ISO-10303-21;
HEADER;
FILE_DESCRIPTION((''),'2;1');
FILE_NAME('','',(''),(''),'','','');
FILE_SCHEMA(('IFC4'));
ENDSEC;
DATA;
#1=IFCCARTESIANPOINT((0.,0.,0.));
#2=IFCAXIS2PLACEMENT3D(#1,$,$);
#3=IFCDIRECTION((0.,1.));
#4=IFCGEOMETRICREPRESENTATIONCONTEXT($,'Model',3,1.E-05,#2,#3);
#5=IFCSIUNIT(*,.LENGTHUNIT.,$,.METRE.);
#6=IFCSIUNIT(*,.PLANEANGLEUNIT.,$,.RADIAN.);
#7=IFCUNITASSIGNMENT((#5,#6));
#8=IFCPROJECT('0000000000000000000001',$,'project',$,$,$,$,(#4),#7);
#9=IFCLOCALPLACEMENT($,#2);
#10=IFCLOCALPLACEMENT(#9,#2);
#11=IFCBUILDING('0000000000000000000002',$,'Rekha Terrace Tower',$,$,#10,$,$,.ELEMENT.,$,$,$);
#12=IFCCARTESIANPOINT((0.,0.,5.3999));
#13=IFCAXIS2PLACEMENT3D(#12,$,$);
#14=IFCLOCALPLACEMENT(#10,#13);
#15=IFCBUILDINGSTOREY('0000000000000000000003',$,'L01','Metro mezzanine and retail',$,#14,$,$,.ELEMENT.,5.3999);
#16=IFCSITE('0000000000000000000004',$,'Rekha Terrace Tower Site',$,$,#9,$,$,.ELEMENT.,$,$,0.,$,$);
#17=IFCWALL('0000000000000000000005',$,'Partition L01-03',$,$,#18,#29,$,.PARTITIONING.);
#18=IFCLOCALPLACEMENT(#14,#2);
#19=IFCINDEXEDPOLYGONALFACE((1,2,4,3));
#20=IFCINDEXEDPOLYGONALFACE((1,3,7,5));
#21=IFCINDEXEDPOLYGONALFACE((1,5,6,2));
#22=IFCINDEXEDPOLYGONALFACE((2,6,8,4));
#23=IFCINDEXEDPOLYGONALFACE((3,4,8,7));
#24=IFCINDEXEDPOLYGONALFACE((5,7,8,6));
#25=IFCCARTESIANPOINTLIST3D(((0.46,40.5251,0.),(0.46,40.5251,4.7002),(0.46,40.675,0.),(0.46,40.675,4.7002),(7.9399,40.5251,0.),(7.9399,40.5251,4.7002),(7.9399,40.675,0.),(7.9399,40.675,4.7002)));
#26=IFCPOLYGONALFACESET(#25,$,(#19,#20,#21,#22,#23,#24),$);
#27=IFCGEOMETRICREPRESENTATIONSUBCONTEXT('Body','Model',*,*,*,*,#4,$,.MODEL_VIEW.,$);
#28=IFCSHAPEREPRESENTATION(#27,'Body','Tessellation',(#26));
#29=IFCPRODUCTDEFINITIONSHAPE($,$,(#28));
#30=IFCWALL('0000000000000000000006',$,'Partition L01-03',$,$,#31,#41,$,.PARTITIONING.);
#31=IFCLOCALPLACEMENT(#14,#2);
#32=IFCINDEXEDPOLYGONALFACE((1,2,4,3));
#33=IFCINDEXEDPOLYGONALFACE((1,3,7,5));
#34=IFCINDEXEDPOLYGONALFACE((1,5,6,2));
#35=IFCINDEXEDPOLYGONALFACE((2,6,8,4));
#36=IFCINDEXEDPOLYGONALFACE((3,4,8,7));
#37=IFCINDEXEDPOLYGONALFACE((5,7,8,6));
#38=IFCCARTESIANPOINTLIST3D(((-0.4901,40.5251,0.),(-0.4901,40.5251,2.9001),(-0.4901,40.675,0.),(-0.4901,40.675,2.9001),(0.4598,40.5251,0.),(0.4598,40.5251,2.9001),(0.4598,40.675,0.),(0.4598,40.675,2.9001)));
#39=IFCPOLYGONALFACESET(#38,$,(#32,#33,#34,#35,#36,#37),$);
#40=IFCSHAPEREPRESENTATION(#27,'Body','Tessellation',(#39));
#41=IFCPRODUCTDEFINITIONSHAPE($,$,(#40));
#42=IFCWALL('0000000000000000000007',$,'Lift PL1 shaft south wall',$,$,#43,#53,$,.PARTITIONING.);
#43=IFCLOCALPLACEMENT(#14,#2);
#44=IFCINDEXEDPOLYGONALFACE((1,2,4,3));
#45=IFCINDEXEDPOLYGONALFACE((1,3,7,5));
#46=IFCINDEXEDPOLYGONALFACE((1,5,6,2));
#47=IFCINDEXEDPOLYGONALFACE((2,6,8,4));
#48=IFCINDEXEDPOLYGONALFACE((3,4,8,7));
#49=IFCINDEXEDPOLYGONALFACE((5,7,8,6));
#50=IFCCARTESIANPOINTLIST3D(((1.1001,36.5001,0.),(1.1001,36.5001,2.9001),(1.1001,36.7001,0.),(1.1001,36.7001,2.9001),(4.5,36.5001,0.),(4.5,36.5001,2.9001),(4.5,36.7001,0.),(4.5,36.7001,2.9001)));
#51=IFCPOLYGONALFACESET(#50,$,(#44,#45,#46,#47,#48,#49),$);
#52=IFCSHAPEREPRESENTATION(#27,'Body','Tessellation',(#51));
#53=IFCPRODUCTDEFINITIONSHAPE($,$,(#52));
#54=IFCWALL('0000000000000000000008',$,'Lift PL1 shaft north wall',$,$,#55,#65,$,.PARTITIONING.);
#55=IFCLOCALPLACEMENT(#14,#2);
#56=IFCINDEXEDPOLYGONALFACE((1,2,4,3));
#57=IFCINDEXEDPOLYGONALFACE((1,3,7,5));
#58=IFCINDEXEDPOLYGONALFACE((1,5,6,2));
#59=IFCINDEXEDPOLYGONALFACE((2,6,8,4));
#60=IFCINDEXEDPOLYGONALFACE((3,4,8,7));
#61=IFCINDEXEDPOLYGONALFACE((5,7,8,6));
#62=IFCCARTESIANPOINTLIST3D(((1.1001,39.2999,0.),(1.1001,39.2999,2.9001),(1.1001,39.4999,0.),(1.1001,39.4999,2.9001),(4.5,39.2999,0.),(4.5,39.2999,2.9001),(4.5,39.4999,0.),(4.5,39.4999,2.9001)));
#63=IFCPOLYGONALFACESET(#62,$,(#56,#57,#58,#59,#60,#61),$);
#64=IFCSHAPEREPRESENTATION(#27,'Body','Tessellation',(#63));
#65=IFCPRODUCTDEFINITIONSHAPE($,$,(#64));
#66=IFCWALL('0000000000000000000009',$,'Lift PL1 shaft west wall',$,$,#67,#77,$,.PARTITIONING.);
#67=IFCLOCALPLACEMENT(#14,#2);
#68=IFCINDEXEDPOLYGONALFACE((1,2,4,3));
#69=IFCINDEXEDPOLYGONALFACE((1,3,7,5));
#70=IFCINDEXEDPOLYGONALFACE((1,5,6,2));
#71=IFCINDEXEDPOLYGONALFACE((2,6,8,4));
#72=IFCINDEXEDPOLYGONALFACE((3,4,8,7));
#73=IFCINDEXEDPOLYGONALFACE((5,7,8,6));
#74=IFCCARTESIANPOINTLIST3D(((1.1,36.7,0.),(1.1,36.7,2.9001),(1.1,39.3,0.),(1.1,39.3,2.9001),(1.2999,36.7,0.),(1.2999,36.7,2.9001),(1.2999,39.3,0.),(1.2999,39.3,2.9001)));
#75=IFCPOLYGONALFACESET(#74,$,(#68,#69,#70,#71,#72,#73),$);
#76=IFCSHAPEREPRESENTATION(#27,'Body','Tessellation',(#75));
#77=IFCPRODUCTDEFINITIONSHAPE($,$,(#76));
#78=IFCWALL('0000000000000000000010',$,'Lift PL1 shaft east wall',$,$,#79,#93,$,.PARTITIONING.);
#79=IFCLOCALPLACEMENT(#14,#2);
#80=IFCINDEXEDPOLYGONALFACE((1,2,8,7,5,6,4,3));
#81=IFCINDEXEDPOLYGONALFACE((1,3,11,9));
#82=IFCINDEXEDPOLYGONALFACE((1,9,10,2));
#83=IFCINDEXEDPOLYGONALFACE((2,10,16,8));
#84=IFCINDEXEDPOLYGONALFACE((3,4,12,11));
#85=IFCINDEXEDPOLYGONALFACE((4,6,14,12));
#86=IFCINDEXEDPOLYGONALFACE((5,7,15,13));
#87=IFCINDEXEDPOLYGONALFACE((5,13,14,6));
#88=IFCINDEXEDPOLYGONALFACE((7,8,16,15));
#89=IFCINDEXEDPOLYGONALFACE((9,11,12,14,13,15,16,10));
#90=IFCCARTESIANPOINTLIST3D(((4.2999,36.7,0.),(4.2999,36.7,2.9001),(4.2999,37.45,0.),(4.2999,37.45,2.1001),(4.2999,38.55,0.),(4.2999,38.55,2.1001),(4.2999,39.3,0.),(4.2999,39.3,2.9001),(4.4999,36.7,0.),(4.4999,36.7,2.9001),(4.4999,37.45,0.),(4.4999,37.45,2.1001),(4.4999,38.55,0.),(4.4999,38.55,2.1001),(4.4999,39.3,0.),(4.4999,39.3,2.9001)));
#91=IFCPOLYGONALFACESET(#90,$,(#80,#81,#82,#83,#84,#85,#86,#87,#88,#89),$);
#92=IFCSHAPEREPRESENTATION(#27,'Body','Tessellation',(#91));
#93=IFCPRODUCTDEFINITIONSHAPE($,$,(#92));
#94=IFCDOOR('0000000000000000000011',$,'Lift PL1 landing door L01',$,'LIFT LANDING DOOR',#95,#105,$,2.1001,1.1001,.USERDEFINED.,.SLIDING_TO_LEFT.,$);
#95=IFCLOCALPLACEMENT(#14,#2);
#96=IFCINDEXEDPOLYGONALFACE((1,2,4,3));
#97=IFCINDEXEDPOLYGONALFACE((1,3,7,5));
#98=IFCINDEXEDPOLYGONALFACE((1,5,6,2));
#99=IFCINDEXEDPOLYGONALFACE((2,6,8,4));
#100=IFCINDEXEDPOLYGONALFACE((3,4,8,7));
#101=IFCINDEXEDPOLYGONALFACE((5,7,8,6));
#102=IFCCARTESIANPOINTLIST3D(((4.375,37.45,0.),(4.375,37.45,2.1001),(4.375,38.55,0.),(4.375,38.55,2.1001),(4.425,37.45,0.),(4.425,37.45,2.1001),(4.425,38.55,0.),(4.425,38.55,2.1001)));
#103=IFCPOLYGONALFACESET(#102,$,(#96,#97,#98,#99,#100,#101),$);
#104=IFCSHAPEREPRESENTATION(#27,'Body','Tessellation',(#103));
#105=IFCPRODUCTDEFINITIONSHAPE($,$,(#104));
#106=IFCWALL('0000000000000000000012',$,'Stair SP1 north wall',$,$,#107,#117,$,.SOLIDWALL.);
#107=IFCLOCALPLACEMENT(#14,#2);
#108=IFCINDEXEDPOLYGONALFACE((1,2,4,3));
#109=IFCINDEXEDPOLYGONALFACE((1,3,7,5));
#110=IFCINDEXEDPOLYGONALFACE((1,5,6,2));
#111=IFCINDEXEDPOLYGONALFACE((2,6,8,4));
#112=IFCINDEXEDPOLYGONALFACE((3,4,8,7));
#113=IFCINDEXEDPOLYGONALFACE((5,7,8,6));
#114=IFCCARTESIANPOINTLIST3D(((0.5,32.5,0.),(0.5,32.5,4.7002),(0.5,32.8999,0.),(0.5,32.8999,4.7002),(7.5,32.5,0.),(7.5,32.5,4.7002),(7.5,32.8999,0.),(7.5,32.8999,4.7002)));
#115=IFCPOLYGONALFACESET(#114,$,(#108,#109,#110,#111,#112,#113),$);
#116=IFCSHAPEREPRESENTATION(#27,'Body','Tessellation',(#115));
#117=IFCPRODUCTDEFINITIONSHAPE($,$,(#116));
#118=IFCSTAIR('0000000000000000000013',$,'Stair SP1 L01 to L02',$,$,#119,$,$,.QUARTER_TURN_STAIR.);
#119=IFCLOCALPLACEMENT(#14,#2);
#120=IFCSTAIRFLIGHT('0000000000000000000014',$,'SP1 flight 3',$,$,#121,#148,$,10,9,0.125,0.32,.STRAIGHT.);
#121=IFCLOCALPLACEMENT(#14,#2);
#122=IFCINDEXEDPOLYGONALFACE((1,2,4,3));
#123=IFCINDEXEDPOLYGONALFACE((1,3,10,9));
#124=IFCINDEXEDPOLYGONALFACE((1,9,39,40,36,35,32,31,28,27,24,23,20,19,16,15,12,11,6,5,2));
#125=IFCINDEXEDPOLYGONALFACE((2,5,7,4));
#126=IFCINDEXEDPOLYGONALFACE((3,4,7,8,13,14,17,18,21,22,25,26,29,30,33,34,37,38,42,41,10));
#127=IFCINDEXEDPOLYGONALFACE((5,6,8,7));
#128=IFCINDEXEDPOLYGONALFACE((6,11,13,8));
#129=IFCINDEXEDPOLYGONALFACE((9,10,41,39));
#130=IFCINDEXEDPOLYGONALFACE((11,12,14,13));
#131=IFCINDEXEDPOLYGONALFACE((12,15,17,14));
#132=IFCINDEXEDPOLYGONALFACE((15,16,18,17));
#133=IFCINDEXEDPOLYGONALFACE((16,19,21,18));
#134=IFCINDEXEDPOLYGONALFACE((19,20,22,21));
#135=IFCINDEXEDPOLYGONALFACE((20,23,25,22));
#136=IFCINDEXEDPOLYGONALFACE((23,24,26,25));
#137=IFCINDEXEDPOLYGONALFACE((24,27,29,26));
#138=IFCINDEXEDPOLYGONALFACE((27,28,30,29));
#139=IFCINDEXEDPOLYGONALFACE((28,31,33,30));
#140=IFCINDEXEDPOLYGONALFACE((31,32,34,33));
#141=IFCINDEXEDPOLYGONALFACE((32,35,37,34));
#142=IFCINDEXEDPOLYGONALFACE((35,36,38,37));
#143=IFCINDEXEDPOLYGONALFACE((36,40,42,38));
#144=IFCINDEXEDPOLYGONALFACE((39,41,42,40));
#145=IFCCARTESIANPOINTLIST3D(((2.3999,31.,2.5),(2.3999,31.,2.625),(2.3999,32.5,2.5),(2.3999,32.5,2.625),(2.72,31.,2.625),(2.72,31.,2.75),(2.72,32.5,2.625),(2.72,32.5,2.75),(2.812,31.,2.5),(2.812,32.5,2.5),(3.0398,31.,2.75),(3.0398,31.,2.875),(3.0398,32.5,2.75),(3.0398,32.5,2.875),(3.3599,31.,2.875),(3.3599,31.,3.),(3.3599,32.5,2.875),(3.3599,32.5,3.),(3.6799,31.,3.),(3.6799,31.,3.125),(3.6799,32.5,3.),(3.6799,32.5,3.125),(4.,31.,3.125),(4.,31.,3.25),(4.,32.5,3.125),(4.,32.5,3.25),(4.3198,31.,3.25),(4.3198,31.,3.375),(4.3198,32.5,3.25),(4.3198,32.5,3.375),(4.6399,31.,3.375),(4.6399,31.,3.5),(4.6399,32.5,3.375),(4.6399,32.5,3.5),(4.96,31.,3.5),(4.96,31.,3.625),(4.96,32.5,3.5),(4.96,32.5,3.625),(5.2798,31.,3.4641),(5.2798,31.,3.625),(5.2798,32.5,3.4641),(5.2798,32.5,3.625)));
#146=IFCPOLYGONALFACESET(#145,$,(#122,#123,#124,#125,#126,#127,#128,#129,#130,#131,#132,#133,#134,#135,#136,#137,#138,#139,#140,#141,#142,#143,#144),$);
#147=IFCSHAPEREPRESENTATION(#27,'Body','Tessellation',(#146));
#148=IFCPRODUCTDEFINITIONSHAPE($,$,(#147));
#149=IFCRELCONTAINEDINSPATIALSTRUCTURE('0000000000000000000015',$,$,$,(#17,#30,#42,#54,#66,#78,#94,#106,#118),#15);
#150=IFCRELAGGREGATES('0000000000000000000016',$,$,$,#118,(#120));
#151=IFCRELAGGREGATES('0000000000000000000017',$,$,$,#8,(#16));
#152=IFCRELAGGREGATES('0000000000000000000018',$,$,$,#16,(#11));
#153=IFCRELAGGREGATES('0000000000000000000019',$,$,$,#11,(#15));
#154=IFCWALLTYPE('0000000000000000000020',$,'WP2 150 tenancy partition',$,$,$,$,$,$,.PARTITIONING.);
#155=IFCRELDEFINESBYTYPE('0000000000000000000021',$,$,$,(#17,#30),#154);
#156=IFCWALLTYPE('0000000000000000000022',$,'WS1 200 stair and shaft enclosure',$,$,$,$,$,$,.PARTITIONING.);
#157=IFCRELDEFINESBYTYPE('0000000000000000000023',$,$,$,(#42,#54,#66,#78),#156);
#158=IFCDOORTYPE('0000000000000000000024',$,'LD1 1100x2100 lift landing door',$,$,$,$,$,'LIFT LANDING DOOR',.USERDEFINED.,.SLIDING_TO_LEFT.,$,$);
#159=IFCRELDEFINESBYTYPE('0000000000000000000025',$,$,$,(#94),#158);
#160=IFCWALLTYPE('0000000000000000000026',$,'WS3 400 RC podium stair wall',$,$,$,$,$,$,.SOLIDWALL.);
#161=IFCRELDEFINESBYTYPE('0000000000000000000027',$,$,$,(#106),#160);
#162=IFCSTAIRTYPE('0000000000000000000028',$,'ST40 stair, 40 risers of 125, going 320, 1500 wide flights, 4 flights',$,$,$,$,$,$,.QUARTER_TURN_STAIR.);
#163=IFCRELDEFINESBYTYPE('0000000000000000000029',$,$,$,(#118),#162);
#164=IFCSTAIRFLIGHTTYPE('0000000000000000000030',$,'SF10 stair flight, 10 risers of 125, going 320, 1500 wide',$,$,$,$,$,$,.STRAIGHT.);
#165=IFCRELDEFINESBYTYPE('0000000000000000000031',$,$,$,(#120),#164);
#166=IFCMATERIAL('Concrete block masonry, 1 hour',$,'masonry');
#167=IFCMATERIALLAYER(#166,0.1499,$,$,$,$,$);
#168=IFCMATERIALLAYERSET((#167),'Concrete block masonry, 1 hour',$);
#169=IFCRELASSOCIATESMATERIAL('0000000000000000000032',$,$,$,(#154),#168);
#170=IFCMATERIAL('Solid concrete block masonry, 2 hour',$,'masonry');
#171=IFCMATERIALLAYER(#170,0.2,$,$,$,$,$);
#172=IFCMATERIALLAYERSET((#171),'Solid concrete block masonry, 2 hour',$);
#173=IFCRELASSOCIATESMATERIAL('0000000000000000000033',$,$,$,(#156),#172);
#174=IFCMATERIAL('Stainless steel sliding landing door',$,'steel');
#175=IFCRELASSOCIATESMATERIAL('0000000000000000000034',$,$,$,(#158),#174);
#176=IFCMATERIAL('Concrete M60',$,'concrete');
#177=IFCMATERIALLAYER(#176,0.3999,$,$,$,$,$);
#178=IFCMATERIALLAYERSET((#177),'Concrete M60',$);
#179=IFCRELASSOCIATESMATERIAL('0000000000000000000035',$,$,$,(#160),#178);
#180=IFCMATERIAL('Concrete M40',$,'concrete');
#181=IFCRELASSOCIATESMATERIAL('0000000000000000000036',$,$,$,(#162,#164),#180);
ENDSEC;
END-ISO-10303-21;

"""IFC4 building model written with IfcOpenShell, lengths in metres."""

from ifc_helpers import new_model, si_unit, direction, frame, frame_2d, origin, place, context, subcontext, project, spatial, polyline, rectangle, outline, extrude, material, layer, layer_set, type_object, element, fill, aggregate, save


model = new_model("IFC4")

# Units and contexts
model_context = context("Model", 3, precision=1e-05, world=origin(), true_north=direction((0.0, 1.0)))
body_context = subcontext(model_context, "Body", "Model", "MODEL_VIEW")
ifc_project = project(units=[si_unit("LENGTHUNIT", "METRE"), si_unit("PLANEANGLEUNIT", "RADIAN")], contexts=[model_context])

# Site, building, storey
site_placement = place(None, origin())
site = spatial("IfcSite", under=ifc_project, at=site_placement, Name="Rekha Terrace Tower Site", CompositionType="ELEMENT", RefElevation=0.0)
building_placement = place(site_placement, origin())
building = spatial("IfcBuilding", under=site, at=building_placement, Name="Rekha Terrace Tower", CompositionType="ELEMENT")
storey_placement = place(building_placement, frame((0.0, 0.0, 5.3999)))
storey = spatial("IfcBuildingStorey", under=building, at=storey_placement, Name="L01", Description="Metro mezzanine and retail", CompositionType="ELEMENT", Elevation=5.3999)

# Shared definitions
ifc_material_1 = material(Name="Concrete M60", Category="concrete")

# Walls
ifc_material_2 = material(Name="Concrete block masonry, 1 hour", Category="masonry")
ifc_layer_1 = layer(ifc_material_2, 0.1499)
ifc_layer_set_1 = layer_set([ifc_layer_1], Name="Concrete block masonry, 1 hour")
wall_type_1 = type_object("IfcWallType", Name="WP2 150 tenancy partition", PredefinedType="PARTITIONING", material=ifc_layer_set_1)
wall_1_placement = place(storey_placement, frame((7.9399, 40.6001, 0.0), z_axis=(0.0, 0.0, 1.0), x_axis=(-1.0, 0.0, 0.0)))
element("IfcWall", 1, at=wall_1_placement, inside=storey, type_object=wall_type_1, Name="Partition L01-03", PredefinedType="PARTITIONING", context=body_context, shape_type="SweptSolid", body=[
    extrude(rectangle(XDim=7.48, YDim=0.1499, at=frame_2d((3.74, 0.0))), origin(), (0.0, 0.0, 1.0), 4.7002),
])
wall_2_placement = place(storey_placement, frame((0.46, 40.6001, 0.0), z_axis=(0.0, 0.0, 1.0), x_axis=(-1.0, 0.0, 0.0)))
element("IfcWall", 2, at=wall_2_placement, inside=storey, type_object=wall_type_1, Name="Partition L01-03", PredefinedType="PARTITIONING", context=body_context, shape_type="SweptSolid", body=[
    extrude(rectangle(XDim=0.95, YDim=0.1499, at=frame_2d((0.4751, 0.0))), origin(), (0.0, 0.0, 1.0), 2.9001),
])
ifc_material_3 = material(Name="Solid concrete block masonry, 2 hour", Category="masonry")
ifc_layer_2 = layer(ifc_material_3, 0.2)
ifc_layer_set_2 = layer_set([ifc_layer_2], Name="Solid concrete block masonry, 2 hour")
wall_type_2 = type_object("IfcWallType", Name="WS1 200 stair and shaft enclosure", PredefinedType="PARTITIONING", material=ifc_layer_set_2)
for number, where, z_axis, x_axis, name in (
    (3, (1.1001, 36.6001, 0.0), (0.0, 0.0, 1.0), (1.0, 0.0, 0.0), "Lift PL1 shaft south wall"),
    (4, (1.1001, 39.3999, 0.0), (0.0, 0.0, 1.0), (1.0, 0.0, 0.0), "Lift PL1 shaft north wall"),
):
    element("IfcWall", number, at=place(storey_placement, frame(where, z_axis=z_axis, x_axis=x_axis)), inside=storey, type_object=wall_type_2, Name=name, PredefinedType="PARTITIONING", context=body_context, shape_type="SweptSolid", body=[
        extrude(rectangle(XDim=3.3999, YDim=0.2, at=frame_2d((1.7, 0.0))), origin(), (0.0, 0.0, 1.0), 2.9001),
    ])
wall_3_placement = place(storey_placement, frame((1.2, 36.7, 0.0), z_axis=(0.0, 0.0, 1.0), x_axis=(0.0, 1.0, 0.0)))
element("IfcWall", 5, at=wall_3_placement, inside=storey, type_object=wall_type_2, Name="Lift PL1 shaft west wall", PredefinedType="PARTITIONING", context=body_context, shape_type="SweptSolid", body=[
    extrude(rectangle(XDim=2.6001, YDim=0.2, at=frame_2d((1.3, 0.0))), origin(), (0.0, 0.0, 1.0), 2.9001),
])

# Wall, opening, door
wall_4_placement = place(storey_placement, frame((4.3999, 36.7, 0.0), z_axis=(0.0, 0.0, 1.0), x_axis=(0.0, 1.0, 0.0)))
wall_4 = element("IfcWall", 6, at=wall_4_placement, inside=storey, type_object=wall_type_2, Name="Lift PL1 shaft east wall", PredefinedType="PARTITIONING", context=body_context, shape_type="SweptSolid", body=[
    extrude(rectangle(XDim=2.6001, YDim=0.2, at=frame_2d((1.3, 0.0))), origin(), (0.0, 0.0, 1.0), 2.9001),
])
opening_placement = place(wall_4_placement, frame((0.75, 0.0, 0.0)))
opening = element("IfcOpeningElement", 7, at=opening_placement, cuts=wall_4, PredefinedType="OPENING", context=body_context, shape_type="SweptSolid", body=[
    extrude(rectangle(XDim=1.1001, YDim=2.1001, at=frame_2d((0.55, 1.05))), frame((0.0, 0.1099, 0.0), z_axis=(0.0, -1.0, 0.0), x_axis=(1.0, 0.0, 0.0)), (0.0, 0.0, 1.0), 0.22),
])
ifc_material_4 = material(Name="Stainless steel sliding landing door", Category="steel")
door_type = type_object("IfcDoorType", Name="LD1 1100x2100 lift landing door", ElementType="LIFT LANDING DOOR", OperationType="SLIDING_TO_LEFT", PredefinedType="USERDEFINED", material=ifc_material_4)
door_placement = place(opening_placement, origin())
door = element("IfcDoor", 8, at=door_placement, inside=storey, type_object=door_type, Name="Lift PL1 landing door L01", ObjectType="LIFT LANDING DOOR", OperationType="SLIDING_TO_LEFT", OverallHeight=2.1001, OverallWidth=1.1001, PredefinedType="USERDEFINED", context=body_context, shape_type="SweptSolid", body=[
    extrude(rectangle(XDim=1.1001, YDim=2.1001, at=frame_2d((0.55, 1.05))), frame((0.0, 0.0249, 0.0), z_axis=(0.0, -1.0, 0.0), x_axis=(1.0, 0.0, 0.0)), (0.0, 0.0, 1.0), 0.05),
])
fill(opening, door)

# Wall
ifc_layer_3 = layer(ifc_material_1, 0.3999)
ifc_layer_set_3 = layer_set([ifc_layer_3], Name="Concrete M60")
wall_type_3 = type_object("IfcWallType", Name="WS3 400 RC podium stair wall", PredefinedType="SOLIDWALL", material=ifc_layer_set_3)
wall_5_placement = place(storey_placement, frame((0.5, 32.7, 0.0), z_axis=(0.0, 0.0, 1.0), x_axis=(1.0, 0.0, 0.0)))
element("IfcWall", 9, at=wall_5_placement, inside=storey, type_object=wall_type_3, Name="Stair SP1 north wall", PredefinedType="SOLIDWALL", context=body_context, shape_type="SweptSolid", body=[
    extrude(rectangle(XDim=7.0, YDim=0.3999, at=frame_2d((3.5, 0.0))), origin(), (0.0, 0.0, 1.0), 4.7002),
])

# Stair, stair flight
ifc_material_5 = material(Name="Concrete M40", Category="concrete")
stair_type = type_object("IfcStairType", Name="ST40 stair, 40 risers of 125, going 320, 1500 wide flights, 4 flights", PredefinedType="QUARTER_TURN_STAIR", material=ifc_material_5)
stair_placement = place(storey_placement, origin())
stair = element("IfcStair", 10, at=stair_placement, inside=storey, type_object=stair_type, Name="Stair SP1 L01 to L02", PredefinedType="QUARTER_TURN_STAIR")
stair_flight_type = type_object("IfcStairFlightType", Name="SF10 stair flight, 10 risers of 125, going 320, 1500 wide", PredefinedType="STRAIGHT", material=ifc_material_5)
stair_flight_placement = place(storey_placement, frame((2.3999, 31.75, 2.5), z_axis=(0.0, 0.0, 1.0), x_axis=(1.0, 0.0, 0.0)))
stair_flight = element("IfcStairFlight", 11, at=stair_flight_placement, type_object=stair_flight_type, Name="SP1 flight 3", NumberOfRisers=10, NumberOfTreads=9, PredefinedType="STRAIGHT", RiserHeight=0.125, TreadLength=0.32, context=body_context, shape_type="SweptSolid", body=[
    extrude(outline(polyline([(0.0, 0.0), (0.0, 0.125), (0.3201, 0.125), (0.3201, 0.25), (0.6399, 0.25), (0.6399, 0.375), (0.96, 0.375), (0.96, 0.5), (1.28, 0.5), (1.28, 0.625), (1.6001, 0.625), (1.6001, 0.75), (1.9199, 0.75), (1.9199, 0.875), (2.24, 0.875), (2.24, 1.0), (2.5601, 1.0), (2.5601, 1.125), (2.8799, 1.125), (2.8799, 1.25), (2.8799, 0.9641), (0.4121, 0.0), (0.0, 0.0)])), frame((0.0, 0.75, 0.0), z_axis=(0.0, -1.0, 0.0), x_axis=(1.0, 0.0, 0.0)), (0.0, 0.0, 1.0), 1.5),
])
aggregate(stair, [stair_flight])

save(model, "model.ifc")
